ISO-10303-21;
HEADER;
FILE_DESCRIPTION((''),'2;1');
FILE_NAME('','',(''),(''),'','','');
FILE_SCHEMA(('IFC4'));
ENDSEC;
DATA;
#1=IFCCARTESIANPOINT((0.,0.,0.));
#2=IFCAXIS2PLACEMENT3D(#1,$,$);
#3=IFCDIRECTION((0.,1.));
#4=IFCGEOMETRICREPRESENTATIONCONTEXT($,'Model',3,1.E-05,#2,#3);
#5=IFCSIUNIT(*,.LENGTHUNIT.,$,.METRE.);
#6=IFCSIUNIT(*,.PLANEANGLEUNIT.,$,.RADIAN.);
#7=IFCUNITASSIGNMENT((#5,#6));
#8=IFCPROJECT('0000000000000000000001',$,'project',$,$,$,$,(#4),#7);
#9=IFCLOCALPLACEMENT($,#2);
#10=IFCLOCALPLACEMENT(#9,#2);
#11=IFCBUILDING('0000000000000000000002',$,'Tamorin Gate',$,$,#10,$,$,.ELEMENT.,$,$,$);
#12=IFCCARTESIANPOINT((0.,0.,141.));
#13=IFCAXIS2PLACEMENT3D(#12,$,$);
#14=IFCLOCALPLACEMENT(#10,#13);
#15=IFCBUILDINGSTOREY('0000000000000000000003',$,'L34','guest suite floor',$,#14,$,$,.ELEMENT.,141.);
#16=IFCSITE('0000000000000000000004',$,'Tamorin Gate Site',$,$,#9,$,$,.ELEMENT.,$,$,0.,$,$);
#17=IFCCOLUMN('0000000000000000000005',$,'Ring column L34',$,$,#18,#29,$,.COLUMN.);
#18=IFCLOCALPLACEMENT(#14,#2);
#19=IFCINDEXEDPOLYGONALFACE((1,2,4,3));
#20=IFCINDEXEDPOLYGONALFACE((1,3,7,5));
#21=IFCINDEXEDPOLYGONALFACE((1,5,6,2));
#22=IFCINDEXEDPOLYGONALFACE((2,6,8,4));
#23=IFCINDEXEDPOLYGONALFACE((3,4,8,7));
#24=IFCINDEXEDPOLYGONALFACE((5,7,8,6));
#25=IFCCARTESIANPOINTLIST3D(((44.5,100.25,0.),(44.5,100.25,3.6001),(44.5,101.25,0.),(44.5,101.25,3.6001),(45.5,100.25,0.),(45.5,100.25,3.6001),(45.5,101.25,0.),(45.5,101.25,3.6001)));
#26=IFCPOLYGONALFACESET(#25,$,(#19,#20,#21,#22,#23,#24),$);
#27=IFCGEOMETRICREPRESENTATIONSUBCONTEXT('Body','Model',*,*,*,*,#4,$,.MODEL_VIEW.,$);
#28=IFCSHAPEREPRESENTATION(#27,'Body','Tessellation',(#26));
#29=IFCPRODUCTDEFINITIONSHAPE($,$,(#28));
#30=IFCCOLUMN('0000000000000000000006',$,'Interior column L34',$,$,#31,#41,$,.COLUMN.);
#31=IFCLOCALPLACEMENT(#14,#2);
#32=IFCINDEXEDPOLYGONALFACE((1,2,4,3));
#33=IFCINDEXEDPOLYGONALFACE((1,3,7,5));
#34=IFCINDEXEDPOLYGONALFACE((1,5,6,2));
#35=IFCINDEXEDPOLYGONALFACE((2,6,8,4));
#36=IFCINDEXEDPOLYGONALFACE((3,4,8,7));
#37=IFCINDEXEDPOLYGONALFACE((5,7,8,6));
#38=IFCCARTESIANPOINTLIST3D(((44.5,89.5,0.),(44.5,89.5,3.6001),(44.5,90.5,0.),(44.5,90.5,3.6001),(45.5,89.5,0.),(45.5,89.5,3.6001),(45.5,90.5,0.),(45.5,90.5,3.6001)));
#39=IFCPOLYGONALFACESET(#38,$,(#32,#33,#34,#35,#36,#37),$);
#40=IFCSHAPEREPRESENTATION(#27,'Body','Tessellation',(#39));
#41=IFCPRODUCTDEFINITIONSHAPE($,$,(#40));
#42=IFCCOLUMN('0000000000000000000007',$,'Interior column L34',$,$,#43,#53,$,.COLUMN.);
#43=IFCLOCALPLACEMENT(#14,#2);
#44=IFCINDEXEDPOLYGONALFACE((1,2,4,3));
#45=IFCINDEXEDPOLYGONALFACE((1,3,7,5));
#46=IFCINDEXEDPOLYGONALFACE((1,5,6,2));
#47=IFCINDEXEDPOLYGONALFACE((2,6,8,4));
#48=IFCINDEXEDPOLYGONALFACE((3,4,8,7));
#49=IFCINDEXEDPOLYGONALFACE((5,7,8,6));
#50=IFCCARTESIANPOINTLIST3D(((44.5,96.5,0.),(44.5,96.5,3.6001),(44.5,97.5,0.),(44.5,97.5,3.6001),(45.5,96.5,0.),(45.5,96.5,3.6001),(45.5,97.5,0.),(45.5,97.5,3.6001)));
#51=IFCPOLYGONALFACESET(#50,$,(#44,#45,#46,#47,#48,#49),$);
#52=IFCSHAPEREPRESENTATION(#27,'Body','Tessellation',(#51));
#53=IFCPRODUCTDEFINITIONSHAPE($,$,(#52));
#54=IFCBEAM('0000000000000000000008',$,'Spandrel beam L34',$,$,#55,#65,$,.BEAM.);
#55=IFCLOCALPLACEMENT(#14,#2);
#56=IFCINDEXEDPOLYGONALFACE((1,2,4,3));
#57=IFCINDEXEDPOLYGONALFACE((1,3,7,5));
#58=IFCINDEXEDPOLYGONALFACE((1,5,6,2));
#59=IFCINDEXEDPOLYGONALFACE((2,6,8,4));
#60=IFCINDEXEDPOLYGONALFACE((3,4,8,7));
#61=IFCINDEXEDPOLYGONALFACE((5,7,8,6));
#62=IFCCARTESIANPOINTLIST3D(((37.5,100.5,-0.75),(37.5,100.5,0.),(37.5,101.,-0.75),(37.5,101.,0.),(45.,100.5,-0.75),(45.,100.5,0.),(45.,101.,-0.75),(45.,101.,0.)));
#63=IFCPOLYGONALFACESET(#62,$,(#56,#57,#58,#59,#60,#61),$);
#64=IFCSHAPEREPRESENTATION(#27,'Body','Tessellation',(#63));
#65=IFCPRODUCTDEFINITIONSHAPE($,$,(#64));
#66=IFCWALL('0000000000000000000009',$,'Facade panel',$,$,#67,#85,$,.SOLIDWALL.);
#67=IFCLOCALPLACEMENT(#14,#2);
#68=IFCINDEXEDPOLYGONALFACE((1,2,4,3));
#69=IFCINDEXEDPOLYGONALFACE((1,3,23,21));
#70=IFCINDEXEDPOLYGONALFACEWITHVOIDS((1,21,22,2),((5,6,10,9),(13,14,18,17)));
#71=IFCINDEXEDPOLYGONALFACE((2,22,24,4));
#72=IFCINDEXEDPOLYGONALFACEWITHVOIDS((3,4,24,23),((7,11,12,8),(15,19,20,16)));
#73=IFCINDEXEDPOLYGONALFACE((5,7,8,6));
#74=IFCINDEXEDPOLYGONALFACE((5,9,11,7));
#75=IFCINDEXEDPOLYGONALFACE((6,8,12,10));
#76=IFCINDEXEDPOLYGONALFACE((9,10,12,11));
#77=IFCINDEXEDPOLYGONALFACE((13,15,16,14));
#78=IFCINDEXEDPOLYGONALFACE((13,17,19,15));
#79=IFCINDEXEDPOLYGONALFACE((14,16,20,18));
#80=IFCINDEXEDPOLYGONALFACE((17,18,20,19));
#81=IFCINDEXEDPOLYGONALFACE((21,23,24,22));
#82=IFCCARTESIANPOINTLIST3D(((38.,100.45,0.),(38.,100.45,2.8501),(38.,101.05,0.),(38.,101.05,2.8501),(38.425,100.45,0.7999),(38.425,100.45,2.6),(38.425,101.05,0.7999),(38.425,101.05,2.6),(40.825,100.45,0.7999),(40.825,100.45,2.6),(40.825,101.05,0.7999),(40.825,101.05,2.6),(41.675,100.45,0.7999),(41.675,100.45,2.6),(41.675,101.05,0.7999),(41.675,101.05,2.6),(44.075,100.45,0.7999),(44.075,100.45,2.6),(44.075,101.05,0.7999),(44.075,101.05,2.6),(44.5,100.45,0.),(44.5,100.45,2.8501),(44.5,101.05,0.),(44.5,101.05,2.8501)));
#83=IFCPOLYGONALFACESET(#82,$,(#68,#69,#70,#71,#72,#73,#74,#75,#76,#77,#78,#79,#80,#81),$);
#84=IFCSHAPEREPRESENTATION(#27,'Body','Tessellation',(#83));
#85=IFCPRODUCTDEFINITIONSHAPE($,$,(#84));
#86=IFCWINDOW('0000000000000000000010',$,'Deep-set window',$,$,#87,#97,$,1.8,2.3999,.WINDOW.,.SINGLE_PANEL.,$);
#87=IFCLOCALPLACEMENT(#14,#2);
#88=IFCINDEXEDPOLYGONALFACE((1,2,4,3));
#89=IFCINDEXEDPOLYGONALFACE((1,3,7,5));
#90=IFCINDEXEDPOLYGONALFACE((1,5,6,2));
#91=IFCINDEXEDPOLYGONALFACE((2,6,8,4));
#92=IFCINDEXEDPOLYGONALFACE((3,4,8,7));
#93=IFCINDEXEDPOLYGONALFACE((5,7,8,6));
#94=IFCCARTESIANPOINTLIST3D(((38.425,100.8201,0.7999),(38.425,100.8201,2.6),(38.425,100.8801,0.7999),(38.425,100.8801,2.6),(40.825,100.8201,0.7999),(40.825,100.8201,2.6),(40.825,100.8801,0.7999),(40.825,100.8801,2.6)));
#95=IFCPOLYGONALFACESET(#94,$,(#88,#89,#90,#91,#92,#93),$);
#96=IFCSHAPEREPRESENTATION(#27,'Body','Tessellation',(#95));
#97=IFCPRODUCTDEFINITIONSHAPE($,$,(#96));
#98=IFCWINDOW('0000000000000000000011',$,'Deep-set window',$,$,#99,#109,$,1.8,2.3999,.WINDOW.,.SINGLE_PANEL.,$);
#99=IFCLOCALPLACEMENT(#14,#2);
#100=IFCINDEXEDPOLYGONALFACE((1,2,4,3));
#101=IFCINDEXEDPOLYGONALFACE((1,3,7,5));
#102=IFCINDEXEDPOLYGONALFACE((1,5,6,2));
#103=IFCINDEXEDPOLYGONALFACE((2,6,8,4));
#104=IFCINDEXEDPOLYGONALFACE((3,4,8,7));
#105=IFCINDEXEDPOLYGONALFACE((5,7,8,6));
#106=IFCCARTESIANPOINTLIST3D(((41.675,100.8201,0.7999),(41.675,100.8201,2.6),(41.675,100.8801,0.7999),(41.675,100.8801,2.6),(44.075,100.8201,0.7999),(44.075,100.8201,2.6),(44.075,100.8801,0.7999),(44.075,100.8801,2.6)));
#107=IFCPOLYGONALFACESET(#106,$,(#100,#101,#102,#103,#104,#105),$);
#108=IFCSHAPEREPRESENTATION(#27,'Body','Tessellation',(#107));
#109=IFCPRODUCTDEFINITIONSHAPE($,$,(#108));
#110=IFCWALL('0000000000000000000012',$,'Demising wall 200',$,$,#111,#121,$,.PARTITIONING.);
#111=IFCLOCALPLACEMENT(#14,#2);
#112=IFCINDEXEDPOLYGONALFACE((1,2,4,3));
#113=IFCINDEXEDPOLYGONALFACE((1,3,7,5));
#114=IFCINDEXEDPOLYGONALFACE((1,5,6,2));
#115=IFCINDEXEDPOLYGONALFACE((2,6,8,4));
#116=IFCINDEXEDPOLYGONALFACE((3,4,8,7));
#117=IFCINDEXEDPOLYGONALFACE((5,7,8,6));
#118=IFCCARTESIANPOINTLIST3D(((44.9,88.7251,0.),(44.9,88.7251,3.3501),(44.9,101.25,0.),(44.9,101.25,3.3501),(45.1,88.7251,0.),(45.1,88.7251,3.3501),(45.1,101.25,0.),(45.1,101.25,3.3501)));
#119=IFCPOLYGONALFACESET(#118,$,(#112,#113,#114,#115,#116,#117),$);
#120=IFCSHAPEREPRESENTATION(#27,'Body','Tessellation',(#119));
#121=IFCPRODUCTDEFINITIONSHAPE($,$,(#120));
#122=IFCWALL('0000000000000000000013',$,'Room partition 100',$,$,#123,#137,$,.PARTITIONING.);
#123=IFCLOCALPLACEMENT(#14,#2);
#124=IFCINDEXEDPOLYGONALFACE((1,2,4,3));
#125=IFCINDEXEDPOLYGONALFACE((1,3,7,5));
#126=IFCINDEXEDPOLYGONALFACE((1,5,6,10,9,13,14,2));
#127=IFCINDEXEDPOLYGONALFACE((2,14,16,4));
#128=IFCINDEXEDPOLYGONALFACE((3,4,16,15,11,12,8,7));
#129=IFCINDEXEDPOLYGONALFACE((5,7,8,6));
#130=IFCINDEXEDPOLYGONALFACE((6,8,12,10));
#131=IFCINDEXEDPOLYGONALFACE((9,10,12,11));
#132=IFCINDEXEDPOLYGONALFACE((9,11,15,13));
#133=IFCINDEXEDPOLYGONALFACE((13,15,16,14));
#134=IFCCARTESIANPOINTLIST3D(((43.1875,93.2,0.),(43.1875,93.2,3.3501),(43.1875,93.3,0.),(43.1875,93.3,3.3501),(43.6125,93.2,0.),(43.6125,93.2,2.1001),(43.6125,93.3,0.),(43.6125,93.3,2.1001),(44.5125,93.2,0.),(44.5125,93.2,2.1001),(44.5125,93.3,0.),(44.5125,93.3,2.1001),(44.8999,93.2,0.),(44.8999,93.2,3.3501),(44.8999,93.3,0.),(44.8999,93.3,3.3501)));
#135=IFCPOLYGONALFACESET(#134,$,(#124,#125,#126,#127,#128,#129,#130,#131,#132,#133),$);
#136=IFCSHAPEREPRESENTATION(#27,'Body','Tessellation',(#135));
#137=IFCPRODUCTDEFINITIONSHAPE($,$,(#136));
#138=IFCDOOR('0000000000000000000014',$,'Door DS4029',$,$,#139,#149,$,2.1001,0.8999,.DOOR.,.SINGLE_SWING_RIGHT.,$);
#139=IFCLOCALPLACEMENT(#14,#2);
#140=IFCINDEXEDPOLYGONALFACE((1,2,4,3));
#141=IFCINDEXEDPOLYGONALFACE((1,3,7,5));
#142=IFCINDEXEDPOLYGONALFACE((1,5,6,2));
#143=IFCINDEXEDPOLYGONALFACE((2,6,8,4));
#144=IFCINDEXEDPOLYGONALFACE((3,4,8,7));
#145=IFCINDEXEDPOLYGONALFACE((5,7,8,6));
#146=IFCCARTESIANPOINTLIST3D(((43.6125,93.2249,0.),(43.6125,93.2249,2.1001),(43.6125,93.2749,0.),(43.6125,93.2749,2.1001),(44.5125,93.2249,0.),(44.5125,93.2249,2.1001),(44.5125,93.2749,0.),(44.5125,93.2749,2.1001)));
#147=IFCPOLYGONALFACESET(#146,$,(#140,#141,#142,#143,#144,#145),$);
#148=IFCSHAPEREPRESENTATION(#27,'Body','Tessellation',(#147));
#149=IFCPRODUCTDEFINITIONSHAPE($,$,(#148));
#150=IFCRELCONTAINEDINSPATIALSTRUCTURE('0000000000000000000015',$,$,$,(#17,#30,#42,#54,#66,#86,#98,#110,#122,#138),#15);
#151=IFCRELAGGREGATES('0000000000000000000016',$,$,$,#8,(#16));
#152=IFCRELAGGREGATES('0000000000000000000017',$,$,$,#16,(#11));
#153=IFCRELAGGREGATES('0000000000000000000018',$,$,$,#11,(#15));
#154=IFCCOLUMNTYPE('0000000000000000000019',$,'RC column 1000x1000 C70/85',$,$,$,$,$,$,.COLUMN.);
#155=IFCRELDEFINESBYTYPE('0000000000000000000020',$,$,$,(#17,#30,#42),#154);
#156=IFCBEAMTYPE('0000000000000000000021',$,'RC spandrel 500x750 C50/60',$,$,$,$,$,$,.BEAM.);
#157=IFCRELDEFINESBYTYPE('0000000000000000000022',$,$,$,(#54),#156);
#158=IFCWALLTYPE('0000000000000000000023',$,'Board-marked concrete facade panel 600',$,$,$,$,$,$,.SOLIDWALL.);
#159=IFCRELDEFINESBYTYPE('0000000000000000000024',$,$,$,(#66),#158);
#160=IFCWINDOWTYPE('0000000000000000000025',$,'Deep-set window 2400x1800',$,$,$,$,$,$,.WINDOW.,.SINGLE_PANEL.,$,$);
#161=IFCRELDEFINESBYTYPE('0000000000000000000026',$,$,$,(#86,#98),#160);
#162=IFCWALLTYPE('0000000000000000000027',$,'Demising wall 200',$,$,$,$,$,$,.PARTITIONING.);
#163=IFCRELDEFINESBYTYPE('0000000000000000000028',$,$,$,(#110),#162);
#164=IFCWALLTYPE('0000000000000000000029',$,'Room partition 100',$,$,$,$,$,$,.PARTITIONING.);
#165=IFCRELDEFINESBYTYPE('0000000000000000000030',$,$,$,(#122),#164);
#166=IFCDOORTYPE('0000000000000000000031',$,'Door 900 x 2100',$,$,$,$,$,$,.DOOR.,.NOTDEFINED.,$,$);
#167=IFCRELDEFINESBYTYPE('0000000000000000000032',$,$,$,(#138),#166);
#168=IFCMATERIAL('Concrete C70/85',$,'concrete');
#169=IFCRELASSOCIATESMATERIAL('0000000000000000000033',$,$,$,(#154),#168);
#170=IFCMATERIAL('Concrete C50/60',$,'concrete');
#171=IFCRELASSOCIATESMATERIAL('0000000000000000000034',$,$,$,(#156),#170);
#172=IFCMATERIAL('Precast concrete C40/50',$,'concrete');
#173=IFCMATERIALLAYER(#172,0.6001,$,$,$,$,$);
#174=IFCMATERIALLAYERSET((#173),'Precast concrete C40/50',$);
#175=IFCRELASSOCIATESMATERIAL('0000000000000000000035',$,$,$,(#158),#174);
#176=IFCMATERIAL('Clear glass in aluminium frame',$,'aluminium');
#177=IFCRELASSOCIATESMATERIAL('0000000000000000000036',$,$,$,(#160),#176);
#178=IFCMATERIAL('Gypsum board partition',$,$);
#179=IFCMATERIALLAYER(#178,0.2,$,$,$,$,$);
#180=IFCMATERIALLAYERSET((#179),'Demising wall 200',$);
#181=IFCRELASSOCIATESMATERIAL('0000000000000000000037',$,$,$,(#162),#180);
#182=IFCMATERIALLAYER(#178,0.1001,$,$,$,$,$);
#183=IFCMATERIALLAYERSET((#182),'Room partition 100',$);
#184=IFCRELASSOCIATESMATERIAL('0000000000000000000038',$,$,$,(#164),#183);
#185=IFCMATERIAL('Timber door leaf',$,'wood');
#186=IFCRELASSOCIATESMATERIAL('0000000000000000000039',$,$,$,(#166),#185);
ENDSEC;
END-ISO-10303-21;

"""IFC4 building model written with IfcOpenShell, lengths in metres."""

from ifc_helpers import new_model, si_unit, direction, frame, frame_2d, origin, origin_2d, place, context, subcontext, project, spatial, rectangle, extrude, material, layer, layer_set, material_profile, profile_set, type_object, element, fill, save


model = new_model("IFC4")

# Units and contexts
model_context = context("Model", 3, precision=1e-05, world=origin(), true_north=direction((0.0, 1.0)))
body_context = subcontext(model_context, "Body", "Model", "MODEL_VIEW")
ifc_project = project(units=[si_unit("LENGTHUNIT", "METRE"), si_unit("PLANEANGLEUNIT", "RADIAN")], contexts=[model_context])

# Site, building, storey
site_placement = place(None, origin())
site = spatial("IfcSite", under=ifc_project, at=site_placement, Name="Tamorin Gate Site", CompositionType="ELEMENT", RefElevation=0.0)
building_placement = place(site_placement, origin())
building = spatial("IfcBuilding", under=site, at=building_placement, Name="Tamorin Gate", CompositionType="ELEMENT")
storey_placement = place(building_placement, frame((0.0, 0.0, 141.0)))
storey = spatial("IfcBuildingStorey", under=building, at=storey_placement, Name="L34", Description="guest suite floor", CompositionType="ELEMENT", Elevation=141.0)

# Columns
ifc_material_1 = material(Name="Concrete C70/85", Category="concrete")
ifc_material_profile_1 = material_profile(ifc_material_1, rectangle(XDim=1.0, YDim=1.0, at=origin_2d()), Name="RC 1000x1000")
ifc_profile_set_1 = profile_set([ifc_material_profile_1], Name="Concrete C70/85")
column_type = type_object("IfcColumnType", Name="RC column 1000x1000 C70/85", PredefinedType="COLUMN", material=ifc_profile_set_1)
for number, where, z_axis, x_axis, name in (
    (1, (45.0, 100.75, 0.0), (0.0, 0.0, 1.0), (1.0, 0.0, 0.0), "Ring column L34"),
    (2, (45.0, 90.0, 0.0), (0.0, 0.0, 1.0), (1.0, 0.0, 0.0), "Interior column L34"),
    (3, (45.0, 97.0, 0.0), (0.0, 0.0, 1.0), (1.0, 0.0, 0.0), "Interior column L34"),
):
    element("IfcColumn", number, at=place(storey_placement, frame(where, z_axis=z_axis, x_axis=x_axis)), inside=storey, type_object=column_type, Name=name, PredefinedType="COLUMN", context=body_context, shape_type="SweptSolid", body=[
        extrude(rectangle(XDim=1.0, YDim=1.0, at=origin_2d()), origin(), (0.0, 0.0, 1.0), 3.6001),
    ])

# Beam
ifc_material_2 = material(Name="Concrete C50/60", Category="concrete")
ifc_material_profile_2 = material_profile(ifc_material_2, rectangle(XDim=0.5, YDim=0.75, at=origin_2d()), Name="RC 500x750")
ifc_profile_set_2 = profile_set([ifc_material_profile_2], Name="Concrete C50/60")
beam_type = type_object("IfcBeamType", Name="RC spandrel 500x750 C50/60", PredefinedType="BEAM", material=ifc_profile_set_2)
beam_placement = place(storey_placement, frame((45.0, 100.75, -0.375), z_axis=(-1.0, 0.0, 0.0), x_axis=(0.0, -1.0, 0.0)))
element("IfcBeam", 4, at=beam_placement, inside=storey, type_object=beam_type, Name="Spandrel beam L34", PredefinedType="BEAM", context=body_context, shape_type="SweptSolid", body=[
    extrude(rectangle(XDim=0.5, YDim=0.75, at=origin_2d()), origin(), (0.0, 0.0, 1.0), 7.5),
])

# Wall, openings, windows
ifc_material_3 = material(Name="Precast concrete C40/50", Category="concrete")
ifc_layer_1 = layer(ifc_material_3, 0.6001)
ifc_layer_set_1 = layer_set([ifc_layer_1], Name="Precast concrete C40/50")
wall_type_1 = type_object("IfcWallType", Name="Board-marked concrete facade panel 600", PredefinedType="SOLIDWALL", material=ifc_layer_set_1)
wall_1_placement = place(storey_placement, frame((44.5, 100.75, 0.0), z_axis=(0.0, 0.0, 1.0), x_axis=(-1.0, 0.0, 0.0)))
wall_1 = element("IfcWall", 5, at=wall_1_placement, inside=storey, type_object=wall_type_1, Name="Facade panel", PredefinedType="SOLIDWALL", context=body_context, shape_type="SweptSolid", body=[
    extrude(rectangle(XDim=6.5, YDim=0.6001, at=frame_2d((3.25, 0.0))), origin(), (0.0, 0.0, 1.0), 2.8501),
])
opening_1_placement = place(wall_1_placement, frame((3.675, 0.0, 0.8)))
opening_1 = element("IfcOpeningElement", 6, at=opening_1_placement, cuts=wall_1, PredefinedType="OPENING", context=body_context, shape_type="SweptSolid", body=[
    extrude(rectangle(XDim=2.3999, YDim=1.8, at=frame_2d((1.2, 0.8999))), frame((0.0, 0.3101, 0.0), z_axis=(0.0, -1.0, 0.0), x_axis=(1.0, 0.0, 0.0)), (0.0, 0.0, 1.0), 0.6201),
])
opening_2_placement = place(wall_1_placement, frame((0.425, 0.0, 0.8)))
opening_2 = element("IfcOpeningElement", 7, at=opening_2_placement, cuts=wall_1, PredefinedType="OPENING", context=body_context, shape_type="SweptSolid", body=[
    extrude(rectangle(XDim=2.3999, YDim=1.8, at=frame_2d((1.2, 0.8999))), frame((0.0, 0.3101, 0.0), z_axis=(0.0, -1.0, 0.0), x_axis=(1.0, 0.0, 0.0)), (0.0, 0.0, 1.0), 0.6201),
])
ifc_material_4 = material(Name="Clear glass in aluminium frame", Category="aluminium")
window_type = type_object("IfcWindowType", Name="Deep-set window 2400x1800", PartitioningType="SINGLE_PANEL", PredefinedType="WINDOW", material=ifc_material_4)
window_1_placement = place(opening_1_placement, origin())
window_1 = element("IfcWindow", 8, at=window_1_placement, inside=storey, type_object=window_type, Name="Deep-set window", OverallHeight=1.8, OverallWidth=2.3999, PartitioningType="SINGLE_PANEL", PredefinedType="WINDOW", context=body_context, shape_type="SweptSolid", body=[
    extrude(rectangle(XDim=2.3999, YDim=1.8, at=frame_2d((1.2, 0.8999))), frame((0.0, -0.0701, 0.0), z_axis=(0.0, -1.0, 0.0), x_axis=(1.0, 0.0, 0.0)), (0.0, 0.0, 1.0), 0.0601),
])
fill(opening_1, window_1)
window_2_placement = place(opening_2_placement, origin())
window_2 = element("IfcWindow", 9, at=window_2_placement, inside=storey, type_object=window_type, Name="Deep-set window", OverallHeight=1.8, OverallWidth=2.3999, PartitioningType="SINGLE_PANEL", PredefinedType="WINDOW", context=body_context, shape_type="SweptSolid", body=[
    extrude(rectangle(XDim=2.3999, YDim=1.8, at=frame_2d((1.2, 0.8999))), frame((0.0, -0.0701, 0.0), z_axis=(0.0, -1.0, 0.0), x_axis=(1.0, 0.0, 0.0)), (0.0, 0.0, 1.0), 0.0601),
])
fill(opening_2, window_2)

# Wall
ifc_material_5 = material(Name="Gypsum board partition")
ifc_layer_2 = layer(ifc_material_5, 0.2)
ifc_layer_set_2 = layer_set([ifc_layer_2], Name="Demising wall 200")
wall_type_2 = type_object("IfcWallType", Name="Demising wall 200", PredefinedType="PARTITIONING", material=ifc_layer_set_2)
wall_2_placement = place(storey_placement, frame((45.0, 88.7251, 0.0), z_axis=(0.0, 0.0, 1.0), x_axis=(0.0, 1.0, 0.0)))
element("IfcWall", 10, at=wall_2_placement, inside=storey, type_object=wall_type_2, Name="Demising wall 200", PredefinedType="PARTITIONING", context=body_context, shape_type="SweptSolid", body=[
    extrude(rectangle(XDim=12.5249, YDim=0.2, at=frame_2d((6.2625, 0.0))), origin(), (0.0, 0.0, 1.0), 3.3501),
])

# Wall, opening, door
ifc_layer_3 = layer(ifc_material_5, 0.1001)
ifc_layer_set_3 = layer_set([ifc_layer_3], Name="Room partition 100")
wall_type_3 = type_object("IfcWallType", Name="Room partition 100", PredefinedType="PARTITIONING", material=ifc_layer_set_3)
wall_3_placement = place(storey_placement, frame((43.1875, 93.25, 0.0), z_axis=(0.0, 0.0, 1.0), x_axis=(1.0, 0.0, 0.0)))
wall_3 = element("IfcWall", 11, at=wall_3_placement, inside=storey, type_object=wall_type_3, Name="Room partition 100", PredefinedType="PARTITIONING", context=body_context, shape_type="SweptSolid", body=[
    extrude(rectangle(XDim=1.7124, YDim=0.1001, at=frame_2d((0.8562, 0.0))), origin(), (0.0, 0.0, 1.0), 3.3501),
])
opening_3_placement = place(wall_3_placement, frame((0.425, 0.0, 0.0)))
opening_3 = element("IfcOpeningElement", 12, at=opening_3_placement, cuts=wall_3, PredefinedType="OPENING", context=body_context, shape_type="SweptSolid", body=[
    extrude(rectangle(XDim=0.8999, YDim=2.1001, at=frame_2d((0.45, 1.05))), frame((0.0, 0.0601, 0.0), z_axis=(0.0, -1.0, 0.0), x_axis=(1.0, 0.0, 0.0)), (0.0, 0.0, 1.0), 0.1201),
])
ifc_material_6 = material(Name="Timber door leaf", Category="wood")
door_type_1 = type_object("IfcDoorType", Name="Door 900 x 2100", OperationType="NOTDEFINED", PredefinedType="DOOR", material=ifc_material_6)
door_1_placement = place(opening_3_placement, origin())
door_1 = element("IfcDoor", 13, at=door_1_placement, inside=storey, type_object=door_type_1, Name="Door DS4029", OperationType="SINGLE_SWING_RIGHT", OverallHeight=2.1001, OverallWidth=0.8999, PredefinedType="DOOR", context=body_context, shape_type="SweptSolid", body=[
    extrude(rectangle(XDim=0.8999, YDim=2.1001, at=frame_2d((0.45, 1.05))), frame((0.0, 0.0249, 0.0), z_axis=(0.0, -1.0, 0.0), x_axis=(1.0, 0.0, 0.0)), (0.0, 0.0, 1.0), 0.05),
])
fill(opening_3, door_1)

save(model, "model.ifc")
